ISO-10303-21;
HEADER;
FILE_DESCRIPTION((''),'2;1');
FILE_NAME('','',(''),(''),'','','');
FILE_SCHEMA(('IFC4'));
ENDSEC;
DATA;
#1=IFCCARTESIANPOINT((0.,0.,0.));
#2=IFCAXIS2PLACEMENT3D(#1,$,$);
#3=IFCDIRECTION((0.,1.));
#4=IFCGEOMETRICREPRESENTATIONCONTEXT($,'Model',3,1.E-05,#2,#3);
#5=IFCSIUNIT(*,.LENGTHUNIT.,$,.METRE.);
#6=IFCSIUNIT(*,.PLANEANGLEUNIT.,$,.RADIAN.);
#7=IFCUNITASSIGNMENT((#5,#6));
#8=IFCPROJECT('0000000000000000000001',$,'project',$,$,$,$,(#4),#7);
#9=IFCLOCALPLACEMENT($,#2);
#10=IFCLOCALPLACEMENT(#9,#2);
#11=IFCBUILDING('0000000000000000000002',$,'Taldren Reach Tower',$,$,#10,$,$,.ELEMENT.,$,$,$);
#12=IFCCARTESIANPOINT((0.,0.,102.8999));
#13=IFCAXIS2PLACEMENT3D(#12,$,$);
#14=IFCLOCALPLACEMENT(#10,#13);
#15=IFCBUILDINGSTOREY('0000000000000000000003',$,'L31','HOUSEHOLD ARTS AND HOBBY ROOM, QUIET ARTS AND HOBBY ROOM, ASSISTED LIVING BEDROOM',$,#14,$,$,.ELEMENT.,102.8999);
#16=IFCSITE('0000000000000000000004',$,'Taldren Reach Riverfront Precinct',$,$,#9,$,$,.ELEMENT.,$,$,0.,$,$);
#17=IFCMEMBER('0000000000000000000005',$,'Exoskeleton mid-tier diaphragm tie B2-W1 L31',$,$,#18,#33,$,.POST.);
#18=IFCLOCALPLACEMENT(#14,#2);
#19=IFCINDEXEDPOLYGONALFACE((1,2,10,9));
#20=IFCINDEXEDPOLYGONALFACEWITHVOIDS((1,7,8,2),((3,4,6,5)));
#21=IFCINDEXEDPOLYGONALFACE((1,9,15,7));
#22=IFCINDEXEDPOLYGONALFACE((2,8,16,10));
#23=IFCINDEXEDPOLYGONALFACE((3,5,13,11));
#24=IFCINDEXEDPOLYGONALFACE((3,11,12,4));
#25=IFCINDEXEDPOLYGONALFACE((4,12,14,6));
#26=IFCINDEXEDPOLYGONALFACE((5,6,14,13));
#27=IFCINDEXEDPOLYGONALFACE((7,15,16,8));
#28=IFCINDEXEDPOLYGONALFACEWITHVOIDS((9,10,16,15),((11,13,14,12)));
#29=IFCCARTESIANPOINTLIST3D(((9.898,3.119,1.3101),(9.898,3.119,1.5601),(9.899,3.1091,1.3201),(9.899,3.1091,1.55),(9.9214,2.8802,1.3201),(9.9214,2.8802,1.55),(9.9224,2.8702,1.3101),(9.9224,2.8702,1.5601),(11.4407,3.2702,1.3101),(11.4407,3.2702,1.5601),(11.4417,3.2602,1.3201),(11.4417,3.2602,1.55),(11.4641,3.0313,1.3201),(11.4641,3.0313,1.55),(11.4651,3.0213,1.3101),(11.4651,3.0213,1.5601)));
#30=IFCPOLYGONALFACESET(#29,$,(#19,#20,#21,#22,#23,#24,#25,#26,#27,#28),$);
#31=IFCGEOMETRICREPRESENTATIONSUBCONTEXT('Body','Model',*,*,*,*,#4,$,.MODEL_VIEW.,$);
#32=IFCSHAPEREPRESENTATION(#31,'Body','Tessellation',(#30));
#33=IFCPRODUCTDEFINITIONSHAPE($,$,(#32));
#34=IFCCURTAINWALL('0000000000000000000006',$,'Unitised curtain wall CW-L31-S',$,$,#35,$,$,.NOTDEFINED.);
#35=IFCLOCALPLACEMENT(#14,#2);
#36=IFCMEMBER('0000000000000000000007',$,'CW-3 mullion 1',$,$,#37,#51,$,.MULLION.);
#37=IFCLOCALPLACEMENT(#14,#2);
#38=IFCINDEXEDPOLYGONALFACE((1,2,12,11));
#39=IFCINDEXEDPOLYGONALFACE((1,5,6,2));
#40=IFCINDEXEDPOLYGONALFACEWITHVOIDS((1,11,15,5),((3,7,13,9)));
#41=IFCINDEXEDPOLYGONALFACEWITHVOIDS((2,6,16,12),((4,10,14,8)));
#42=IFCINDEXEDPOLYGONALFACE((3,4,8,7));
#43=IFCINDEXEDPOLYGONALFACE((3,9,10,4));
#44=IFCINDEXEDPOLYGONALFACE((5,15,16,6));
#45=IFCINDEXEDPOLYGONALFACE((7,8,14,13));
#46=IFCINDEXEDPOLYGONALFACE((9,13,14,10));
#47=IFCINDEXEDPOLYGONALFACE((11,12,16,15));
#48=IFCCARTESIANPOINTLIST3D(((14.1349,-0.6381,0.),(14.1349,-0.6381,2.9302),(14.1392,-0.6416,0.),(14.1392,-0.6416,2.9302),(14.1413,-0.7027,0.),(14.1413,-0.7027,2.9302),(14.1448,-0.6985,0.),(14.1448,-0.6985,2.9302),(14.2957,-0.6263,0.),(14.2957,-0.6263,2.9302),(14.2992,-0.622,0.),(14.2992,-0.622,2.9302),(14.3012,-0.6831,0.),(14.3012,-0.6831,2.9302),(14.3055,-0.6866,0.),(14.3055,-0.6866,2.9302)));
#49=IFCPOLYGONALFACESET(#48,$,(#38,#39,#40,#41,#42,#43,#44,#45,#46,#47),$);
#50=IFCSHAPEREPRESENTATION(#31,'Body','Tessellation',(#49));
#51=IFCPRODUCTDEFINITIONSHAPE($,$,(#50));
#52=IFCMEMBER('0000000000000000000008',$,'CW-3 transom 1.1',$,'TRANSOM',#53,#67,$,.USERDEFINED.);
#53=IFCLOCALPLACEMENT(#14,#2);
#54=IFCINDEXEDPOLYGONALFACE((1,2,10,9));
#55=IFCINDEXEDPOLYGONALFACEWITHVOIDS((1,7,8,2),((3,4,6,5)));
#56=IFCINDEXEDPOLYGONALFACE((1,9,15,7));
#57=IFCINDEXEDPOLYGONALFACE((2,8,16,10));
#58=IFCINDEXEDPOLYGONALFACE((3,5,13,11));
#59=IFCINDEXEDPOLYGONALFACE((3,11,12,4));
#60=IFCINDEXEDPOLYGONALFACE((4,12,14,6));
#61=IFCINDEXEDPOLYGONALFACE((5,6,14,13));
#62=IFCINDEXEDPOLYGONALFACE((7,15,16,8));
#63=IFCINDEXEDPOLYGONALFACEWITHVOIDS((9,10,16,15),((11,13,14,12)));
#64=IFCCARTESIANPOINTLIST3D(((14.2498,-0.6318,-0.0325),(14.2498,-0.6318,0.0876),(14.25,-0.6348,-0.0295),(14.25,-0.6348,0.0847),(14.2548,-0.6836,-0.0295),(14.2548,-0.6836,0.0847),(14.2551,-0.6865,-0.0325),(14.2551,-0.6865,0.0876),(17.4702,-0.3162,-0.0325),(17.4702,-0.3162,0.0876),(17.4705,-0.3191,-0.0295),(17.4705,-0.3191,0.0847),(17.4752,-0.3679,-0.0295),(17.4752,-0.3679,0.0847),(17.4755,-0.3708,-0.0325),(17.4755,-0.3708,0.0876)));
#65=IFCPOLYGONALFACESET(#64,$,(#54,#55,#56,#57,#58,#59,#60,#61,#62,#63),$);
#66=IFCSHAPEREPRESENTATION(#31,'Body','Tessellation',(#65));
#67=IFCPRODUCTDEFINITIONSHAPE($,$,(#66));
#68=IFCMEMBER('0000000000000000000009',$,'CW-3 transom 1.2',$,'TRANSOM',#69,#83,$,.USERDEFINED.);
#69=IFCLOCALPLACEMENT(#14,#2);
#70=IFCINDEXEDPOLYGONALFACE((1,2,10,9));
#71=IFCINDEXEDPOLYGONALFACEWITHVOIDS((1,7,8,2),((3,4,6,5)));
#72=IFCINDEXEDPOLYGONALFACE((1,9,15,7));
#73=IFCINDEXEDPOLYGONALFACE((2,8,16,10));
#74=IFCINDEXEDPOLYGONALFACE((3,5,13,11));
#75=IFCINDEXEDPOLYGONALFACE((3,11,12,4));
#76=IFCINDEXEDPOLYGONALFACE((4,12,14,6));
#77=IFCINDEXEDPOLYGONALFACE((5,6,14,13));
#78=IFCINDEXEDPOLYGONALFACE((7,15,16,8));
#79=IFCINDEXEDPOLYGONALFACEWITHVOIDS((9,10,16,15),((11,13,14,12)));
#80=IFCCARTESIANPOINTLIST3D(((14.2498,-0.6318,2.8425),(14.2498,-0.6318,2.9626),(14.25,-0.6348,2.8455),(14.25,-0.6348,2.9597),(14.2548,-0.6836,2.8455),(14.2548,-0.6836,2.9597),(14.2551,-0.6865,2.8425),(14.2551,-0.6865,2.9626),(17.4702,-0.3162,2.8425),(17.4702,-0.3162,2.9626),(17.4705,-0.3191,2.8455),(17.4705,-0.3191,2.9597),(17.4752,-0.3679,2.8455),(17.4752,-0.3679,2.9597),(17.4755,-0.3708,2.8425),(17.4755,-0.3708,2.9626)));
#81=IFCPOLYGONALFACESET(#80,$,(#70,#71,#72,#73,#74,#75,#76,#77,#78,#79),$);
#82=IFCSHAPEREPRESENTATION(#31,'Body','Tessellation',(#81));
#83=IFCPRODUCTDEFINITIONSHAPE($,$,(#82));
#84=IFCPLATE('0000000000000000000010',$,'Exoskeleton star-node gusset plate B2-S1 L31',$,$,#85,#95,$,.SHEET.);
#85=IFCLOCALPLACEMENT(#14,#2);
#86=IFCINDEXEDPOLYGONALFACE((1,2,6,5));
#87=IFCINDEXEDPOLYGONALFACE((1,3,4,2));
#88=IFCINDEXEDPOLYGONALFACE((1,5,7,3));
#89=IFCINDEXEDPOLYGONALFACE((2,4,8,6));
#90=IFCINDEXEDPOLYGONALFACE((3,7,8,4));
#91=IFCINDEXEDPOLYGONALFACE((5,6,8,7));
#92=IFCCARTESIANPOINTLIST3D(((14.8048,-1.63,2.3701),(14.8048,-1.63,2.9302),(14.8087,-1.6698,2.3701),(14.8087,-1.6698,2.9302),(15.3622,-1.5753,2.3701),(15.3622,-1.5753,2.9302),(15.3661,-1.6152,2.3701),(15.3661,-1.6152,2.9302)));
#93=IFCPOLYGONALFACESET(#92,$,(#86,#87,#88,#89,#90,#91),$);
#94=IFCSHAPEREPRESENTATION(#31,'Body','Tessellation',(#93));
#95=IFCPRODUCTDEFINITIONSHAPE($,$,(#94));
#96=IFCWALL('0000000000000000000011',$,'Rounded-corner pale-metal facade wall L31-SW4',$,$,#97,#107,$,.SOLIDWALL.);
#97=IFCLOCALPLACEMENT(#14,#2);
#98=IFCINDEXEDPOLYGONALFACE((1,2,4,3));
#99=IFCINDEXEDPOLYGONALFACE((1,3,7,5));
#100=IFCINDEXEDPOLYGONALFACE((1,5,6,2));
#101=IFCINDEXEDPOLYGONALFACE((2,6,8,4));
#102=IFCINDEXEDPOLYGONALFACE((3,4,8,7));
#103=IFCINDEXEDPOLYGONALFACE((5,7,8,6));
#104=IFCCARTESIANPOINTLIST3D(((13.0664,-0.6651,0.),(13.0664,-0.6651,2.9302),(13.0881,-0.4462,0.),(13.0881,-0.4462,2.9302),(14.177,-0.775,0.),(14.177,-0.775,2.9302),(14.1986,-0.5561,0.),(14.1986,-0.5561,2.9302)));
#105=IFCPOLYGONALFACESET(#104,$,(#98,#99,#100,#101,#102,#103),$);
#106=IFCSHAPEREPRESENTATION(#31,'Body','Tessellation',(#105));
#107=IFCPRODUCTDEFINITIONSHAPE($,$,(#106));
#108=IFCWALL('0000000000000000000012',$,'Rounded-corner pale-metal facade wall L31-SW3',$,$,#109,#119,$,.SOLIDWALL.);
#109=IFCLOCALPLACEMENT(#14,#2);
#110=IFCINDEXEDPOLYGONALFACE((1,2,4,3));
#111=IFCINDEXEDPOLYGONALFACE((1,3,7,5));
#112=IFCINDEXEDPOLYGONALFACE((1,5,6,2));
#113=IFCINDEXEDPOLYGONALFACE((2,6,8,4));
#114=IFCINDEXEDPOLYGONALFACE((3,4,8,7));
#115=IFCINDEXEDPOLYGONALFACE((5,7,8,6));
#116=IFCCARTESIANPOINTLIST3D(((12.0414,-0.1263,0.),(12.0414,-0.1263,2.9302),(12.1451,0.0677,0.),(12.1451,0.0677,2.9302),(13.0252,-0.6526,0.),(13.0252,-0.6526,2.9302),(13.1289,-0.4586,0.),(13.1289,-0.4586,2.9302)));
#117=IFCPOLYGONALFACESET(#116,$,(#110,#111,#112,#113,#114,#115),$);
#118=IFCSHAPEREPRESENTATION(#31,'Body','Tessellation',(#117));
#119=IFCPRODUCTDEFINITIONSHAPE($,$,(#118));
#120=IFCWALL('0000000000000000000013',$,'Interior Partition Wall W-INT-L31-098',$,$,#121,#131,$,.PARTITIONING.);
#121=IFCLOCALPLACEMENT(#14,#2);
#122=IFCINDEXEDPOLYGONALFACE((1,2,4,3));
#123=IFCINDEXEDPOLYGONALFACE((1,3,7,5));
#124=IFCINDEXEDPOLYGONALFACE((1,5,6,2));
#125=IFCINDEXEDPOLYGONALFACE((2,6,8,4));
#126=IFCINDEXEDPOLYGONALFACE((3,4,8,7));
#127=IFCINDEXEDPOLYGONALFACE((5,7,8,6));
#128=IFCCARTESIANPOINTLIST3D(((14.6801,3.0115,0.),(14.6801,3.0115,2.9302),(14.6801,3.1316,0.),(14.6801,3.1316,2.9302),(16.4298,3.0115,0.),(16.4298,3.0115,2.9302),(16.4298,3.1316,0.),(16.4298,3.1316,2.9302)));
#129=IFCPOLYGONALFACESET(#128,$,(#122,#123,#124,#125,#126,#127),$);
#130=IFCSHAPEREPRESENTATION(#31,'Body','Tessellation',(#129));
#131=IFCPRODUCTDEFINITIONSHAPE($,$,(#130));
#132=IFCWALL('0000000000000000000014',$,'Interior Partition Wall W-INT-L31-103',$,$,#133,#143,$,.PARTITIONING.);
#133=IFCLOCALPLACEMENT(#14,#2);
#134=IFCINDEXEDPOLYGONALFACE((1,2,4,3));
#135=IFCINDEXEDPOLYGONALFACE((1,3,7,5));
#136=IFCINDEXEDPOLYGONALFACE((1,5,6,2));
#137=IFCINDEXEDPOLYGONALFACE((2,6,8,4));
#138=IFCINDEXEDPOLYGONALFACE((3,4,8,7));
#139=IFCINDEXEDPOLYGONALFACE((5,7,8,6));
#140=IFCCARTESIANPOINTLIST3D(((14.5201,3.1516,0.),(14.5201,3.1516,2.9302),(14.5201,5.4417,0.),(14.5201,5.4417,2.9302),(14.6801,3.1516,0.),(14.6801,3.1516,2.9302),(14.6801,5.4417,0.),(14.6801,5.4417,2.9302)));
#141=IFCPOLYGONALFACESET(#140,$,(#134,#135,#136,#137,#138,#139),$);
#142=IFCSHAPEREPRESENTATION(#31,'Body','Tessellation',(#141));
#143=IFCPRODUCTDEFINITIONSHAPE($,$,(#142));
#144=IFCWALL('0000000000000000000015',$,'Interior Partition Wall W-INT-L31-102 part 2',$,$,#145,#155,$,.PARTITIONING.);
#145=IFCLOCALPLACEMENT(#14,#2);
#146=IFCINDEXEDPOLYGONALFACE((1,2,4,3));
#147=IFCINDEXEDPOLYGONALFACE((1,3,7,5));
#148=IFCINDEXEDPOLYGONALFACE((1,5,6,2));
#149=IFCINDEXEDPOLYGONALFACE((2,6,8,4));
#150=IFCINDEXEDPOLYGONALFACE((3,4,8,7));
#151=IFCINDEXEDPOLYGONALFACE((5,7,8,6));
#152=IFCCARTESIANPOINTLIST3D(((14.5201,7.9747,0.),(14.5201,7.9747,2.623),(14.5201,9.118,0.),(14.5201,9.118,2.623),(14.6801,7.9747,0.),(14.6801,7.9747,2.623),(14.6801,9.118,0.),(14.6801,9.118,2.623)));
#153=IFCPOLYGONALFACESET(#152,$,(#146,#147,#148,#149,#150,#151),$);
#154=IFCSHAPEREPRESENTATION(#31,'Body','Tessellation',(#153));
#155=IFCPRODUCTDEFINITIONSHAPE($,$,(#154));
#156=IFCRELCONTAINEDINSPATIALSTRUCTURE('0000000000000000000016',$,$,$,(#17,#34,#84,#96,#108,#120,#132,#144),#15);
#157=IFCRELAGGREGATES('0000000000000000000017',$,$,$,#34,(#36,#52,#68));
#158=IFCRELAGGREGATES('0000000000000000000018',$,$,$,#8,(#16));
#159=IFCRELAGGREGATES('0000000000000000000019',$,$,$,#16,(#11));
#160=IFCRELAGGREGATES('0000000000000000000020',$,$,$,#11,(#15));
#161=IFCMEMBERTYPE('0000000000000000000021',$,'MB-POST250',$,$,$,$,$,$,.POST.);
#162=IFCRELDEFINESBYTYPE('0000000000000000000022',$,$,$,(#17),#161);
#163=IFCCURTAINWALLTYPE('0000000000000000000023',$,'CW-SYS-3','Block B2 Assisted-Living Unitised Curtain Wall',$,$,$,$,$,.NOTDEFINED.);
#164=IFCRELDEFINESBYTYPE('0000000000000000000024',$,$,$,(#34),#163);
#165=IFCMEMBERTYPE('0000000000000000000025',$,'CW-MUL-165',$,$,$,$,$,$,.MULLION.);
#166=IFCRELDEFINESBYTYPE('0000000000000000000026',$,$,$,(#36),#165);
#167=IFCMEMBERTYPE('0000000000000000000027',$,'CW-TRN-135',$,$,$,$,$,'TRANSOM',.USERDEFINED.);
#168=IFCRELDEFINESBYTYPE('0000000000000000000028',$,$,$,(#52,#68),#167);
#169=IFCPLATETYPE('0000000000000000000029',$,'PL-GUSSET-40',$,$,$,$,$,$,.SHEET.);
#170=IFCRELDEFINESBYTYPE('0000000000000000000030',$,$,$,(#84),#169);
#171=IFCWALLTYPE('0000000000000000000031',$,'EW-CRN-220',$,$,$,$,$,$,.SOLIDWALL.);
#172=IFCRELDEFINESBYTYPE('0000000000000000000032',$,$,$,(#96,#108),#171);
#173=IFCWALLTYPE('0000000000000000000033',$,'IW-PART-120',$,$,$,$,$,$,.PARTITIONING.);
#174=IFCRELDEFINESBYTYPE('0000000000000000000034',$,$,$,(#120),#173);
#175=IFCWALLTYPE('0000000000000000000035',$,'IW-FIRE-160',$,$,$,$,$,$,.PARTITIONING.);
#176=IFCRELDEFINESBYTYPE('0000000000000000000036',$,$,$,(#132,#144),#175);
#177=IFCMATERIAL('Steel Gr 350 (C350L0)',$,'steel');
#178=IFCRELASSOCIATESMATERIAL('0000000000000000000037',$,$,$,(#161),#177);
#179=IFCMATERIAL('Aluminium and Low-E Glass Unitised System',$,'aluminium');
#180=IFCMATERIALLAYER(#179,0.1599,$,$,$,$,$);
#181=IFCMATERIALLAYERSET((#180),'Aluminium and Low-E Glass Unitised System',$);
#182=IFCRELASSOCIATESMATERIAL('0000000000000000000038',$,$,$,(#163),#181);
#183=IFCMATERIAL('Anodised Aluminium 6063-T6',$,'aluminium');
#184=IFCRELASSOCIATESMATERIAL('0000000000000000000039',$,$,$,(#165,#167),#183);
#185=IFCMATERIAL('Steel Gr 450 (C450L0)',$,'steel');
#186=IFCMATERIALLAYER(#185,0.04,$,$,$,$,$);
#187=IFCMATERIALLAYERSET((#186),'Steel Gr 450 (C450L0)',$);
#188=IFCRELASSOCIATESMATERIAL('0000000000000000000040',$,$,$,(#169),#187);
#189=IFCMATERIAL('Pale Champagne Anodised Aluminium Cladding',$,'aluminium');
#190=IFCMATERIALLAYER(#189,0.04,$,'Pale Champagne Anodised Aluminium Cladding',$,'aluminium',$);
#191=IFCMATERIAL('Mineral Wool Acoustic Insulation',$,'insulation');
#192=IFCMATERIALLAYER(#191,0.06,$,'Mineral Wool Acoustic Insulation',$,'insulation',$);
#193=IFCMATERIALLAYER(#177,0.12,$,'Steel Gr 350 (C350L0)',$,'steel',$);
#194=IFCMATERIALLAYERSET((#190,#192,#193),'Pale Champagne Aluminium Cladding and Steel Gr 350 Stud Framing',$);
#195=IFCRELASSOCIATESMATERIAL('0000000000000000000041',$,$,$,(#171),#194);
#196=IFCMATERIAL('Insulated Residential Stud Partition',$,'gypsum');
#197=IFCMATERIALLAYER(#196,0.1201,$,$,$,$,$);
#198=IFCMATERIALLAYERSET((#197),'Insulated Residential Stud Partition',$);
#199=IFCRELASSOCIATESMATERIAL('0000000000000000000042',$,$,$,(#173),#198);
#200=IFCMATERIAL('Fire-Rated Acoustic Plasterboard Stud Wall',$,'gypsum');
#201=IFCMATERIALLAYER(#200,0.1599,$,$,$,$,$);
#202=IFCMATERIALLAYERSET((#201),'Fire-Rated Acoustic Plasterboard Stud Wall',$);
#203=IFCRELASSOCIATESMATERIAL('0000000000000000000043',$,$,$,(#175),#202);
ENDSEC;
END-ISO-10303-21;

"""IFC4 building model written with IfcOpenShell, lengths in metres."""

from ifc_helpers import new_model, si_unit, direction, frame, frame_2d, origin, origin_2d, place, context, subcontext, project, spatial, rectangle, hollow_rectangle, extrude, source, transform, mapped, material, layer, layer_set, material_profile, profile_set, type_object, element, aggregate, save


model = new_model("IFC4")

# Units and contexts
model_context = context("Model", 3, precision=1e-05, world=origin(), true_north=direction((0.0, 1.0)))
body_context = subcontext(model_context, "Body", "Model", "MODEL_VIEW")
ifc_project = project(units=[si_unit("LENGTHUNIT", "METRE"), si_unit("PLANEANGLEUNIT", "RADIAN")], contexts=[model_context])

# Site, building, storey
site_placement = place(None, origin())
site = spatial("IfcSite", under=ifc_project, at=site_placement, Name="Taldren Reach Riverfront Precinct", CompositionType="ELEMENT", RefElevation=0.0)
building_placement = place(site_placement, origin())
building = spatial("IfcBuilding", under=site, at=building_placement, Name="Taldren Reach Tower", CompositionType="ELEMENT")
storey_placement = place(building_placement, frame((0.0, 0.0, 102.8999)))
storey = spatial("IfcBuildingStorey", under=building, at=storey_placement, Name="L31", Description="HOUSEHOLD ARTS AND HOBBY ROOM, QUIET ARTS AND HOBBY ROOM, ASSISTED LIVING BEDROOM", CompositionType="ELEMENT", Elevation=102.8999)

# Member
ifc_material_1 = material(Name="Steel Gr 450 (C450L0)", Category="steel")
ifc_material_2 = material(Name="Steel Gr 350 (C350L0)", Category="steel")
ifc_material_profile_1 = material_profile(ifc_material_2, hollow_rectangle(XDim=0.25, YDim=0.25, WallThickness=0.01, at=origin_2d()), Name="250x250x10.0SHS")
ifc_profile_set_1 = profile_set([ifc_material_profile_1], Name="Steel Gr 350 (C350L0)")
member_type_1 = type_object("IfcMemberType", Name="MB-POST250", PredefinedType="POST", material=ifc_profile_set_1)
shared_shape_1 = source(origin(), body_context, "Body", "SweptSolid", [
    extrude(hollow_rectangle(XDim=0.25, YDim=0.25, WallThickness=0.01, at=origin_2d()), origin(), (0.0, 0.0, 1.0), 1.55),
])
for number, where, z_axis, x_axis, name in (
    (1, (11.4529, 3.1458, 1.4351), (-0.995236, -0.097492, 0.0), (0.097492, -0.995236, 0.0), "Exoskeleton mid-tier diaphragm tie B2-W1 L31"),
):
    element("IfcMember", number, at=place(storey_placement, frame(where, z_axis=z_axis, x_axis=x_axis)), inside=storey, type_object=member_type_1, Name=name, PredefinedType="POST", context=body_context, shape_type="MappedRepresentation", body=[
        mapped(shared_shape_1, transform((0.0, 0.0, 0.0), scale=1.0)),
    ])

# Curtain wall, members
ifc_material_3 = material(Name="Aluminium and Low-E Glass Unitised System", Category="aluminium")
ifc_layer_1 = layer(ifc_material_3, 0.1599)
ifc_layer_set_1 = layer_set([ifc_layer_1], Name="Aluminium and Low-E Glass Unitised System")
curtain_wall_type = type_object("IfcCurtainWallType", Name="CW-SYS-3", Description="Block B2 Assisted-Living Unitised Curtain Wall", PredefinedType="NOTDEFINED", material=ifc_layer_set_1)
curtain_wall_placement = place(storey_placement, origin())
curtain_wall = element("IfcCurtainWall", 2, at=curtain_wall_placement, inside=storey, type_object=curtain_wall_type, Name="Unitised curtain wall CW-L31-S", PredefinedType="NOTDEFINED")
ifc_material_4 = material(Name="Anodised Aluminium 6063-T6", Category="aluminium")
ifc_material_profile_2 = material_profile(ifc_material_4, hollow_rectangle(XDim=0.0649, YDim=0.165, WallThickness=0.0039, at=origin_2d()), Name="ALU-165x65x4RHS")
ifc_profile_set_2 = profile_set([ifc_material_profile_2], Name="Anodised Aluminium 6063-T6")
member_type_2 = type_object("IfcMemberType", Name="CW-MUL-165", PredefinedType="MULLION", material=ifc_profile_set_2)
shared_shape_2 = source(origin(), body_context, "Body", "SweptSolid", [
    extrude(hollow_rectangle(XDim=0.0649, YDim=0.165, WallThickness=0.0039, at=origin_2d()), origin(), (0.0, 0.0, 1.0), 2.9302),
])
member_1_placement = place(storey_placement, frame((14.2202, -0.6624, 0.0), z_axis=(0.0, 0.0, 1.0), x_axis=(-0.097583, 0.995227, 0.0)))
member_1 = element("IfcMember", 3, at=member_1_placement, type_object=member_type_2, Name="CW-3 mullion 1", PredefinedType="MULLION", context=body_context, shape_type="MappedRepresentation", body=[
    mapped(shared_shape_2, transform((0.0, 0.0, 0.0), scale=1.0)),
])
ifc_material_profile_3 = material_profile(ifc_material_4, hollow_rectangle(XDim=0.0549, YDim=0.1201, WallThickness=0.0029, at=origin_2d()), Name="ALU-120x55x3RHS")
ifc_profile_set_3 = profile_set([ifc_material_profile_3], Name="Anodised Aluminium 6063-T6")
member_type_3 = type_object("IfcMemberType", Name="CW-TRN-135", ElementType="TRANSOM", PredefinedType="USERDEFINED", material=ifc_profile_set_3)
shared_shape_3 = source(origin(), body_context, "Body", "SweptSolid", [
    extrude(hollow_rectangle(XDim=0.0549, YDim=0.1201, WallThickness=0.0029, at=origin_2d()), origin(), (0.0, 0.0, 1.0), 3.2358),
])
member_2_placement = place(storey_placement, frame((14.2524, -0.6592, 0.0276), z_axis=(0.99523, 0.097554, 0.0), x_axis=(-0.097554, 0.99523, 0.0)))
member_2 = element("IfcMember", 4, at=member_2_placement, type_object=member_type_3, Name="CW-3 transom 1.1", ObjectType="TRANSOM", PredefinedType="USERDEFINED", context=body_context, shape_type="MappedRepresentation", body=[
    mapped(shared_shape_3, transform((0.0, 0.0, 0.0), scale=1.0)),
])
member_3_placement = place(storey_placement, frame((14.2524, -0.6592, 2.9026), z_axis=(0.99523, 0.097554, 0.0), x_axis=(-0.097554, 0.99523, 0.0)))
member_3 = element("IfcMember", 5, at=member_3_placement, type_object=member_type_3, Name="CW-3 transom 1.2", ObjectType="TRANSOM", PredefinedType="USERDEFINED", context=body_context, shape_type="MappedRepresentation", body=[
    mapped(shared_shape_3, transform((0.0, 0.0, 0.0), scale=1.0)),
])
aggregate(curtain_wall, [member_1, member_2, member_3])

# Plate
ifc_layer_2 = layer(ifc_material_1, 0.04)
ifc_layer_set_2 = layer_set([ifc_layer_2], Name="Steel Gr 450 (C450L0)")
plate_type = type_object("IfcPlateType", Name="PL-GUSSET-40", PredefinedType="SHEET", material=ifc_layer_set_2)
shared_shape_4 = source(origin(), body_context, "Body", "SweptSolid", [
    extrude(rectangle(XDim=0.5601, YDim=0.04, at=origin_2d()), origin(), (0.0, 0.0, 1.0), 0.5601),
])
plate_placement = place(storey_placement, frame((15.0854, -1.6226, 2.3701), z_axis=(0.0, 0.0, 1.0), x_axis=(0.995227, 0.097583, 0.0)))
element("IfcPlate", 6, at=plate_placement, inside=storey, type_object=plate_type, Name="Exoskeleton star-node gusset plate B2-S1 L31", PredefinedType="SHEET", context=body_context, shape_type="MappedRepresentation", body=[
    mapped(shared_shape_4, transform((0.0, 0.0, 0.0), scale=1.0)),
])

# Walls
ifc_material_5 = material(Name="Pale Champagne Anodised Aluminium Cladding", Category="aluminium")
ifc_layer_3 = layer(ifc_material_5, 0.04, Name="Pale Champagne Anodised Aluminium Cladding", Category="aluminium")
ifc_material_6 = material(Name="Mineral Wool Acoustic Insulation", Category="insulation")
ifc_layer_4 = layer(ifc_material_6, 0.06, Name="Mineral Wool Acoustic Insulation", Category="insulation")
ifc_layer_5 = layer(ifc_material_2, 0.12, Name="Steel Gr 350 (C350L0)", Category="steel")
ifc_layer_set_3 = layer_set([ifc_layer_3, ifc_layer_4, ifc_layer_5], Name="Pale Champagne Aluminium Cladding and Steel Gr 350 Stud Framing")
wall_type_1 = type_object("IfcWallType", Name="EW-CRN-220", PredefinedType="SOLIDWALL", material=ifc_layer_set_3)
shared_shape_5 = source(origin(), body_context, "Body", "SweptSolid", [
    extrude(rectangle(XDim=1.116, YDim=0.22, at=frame_2d((0.5581, 0.0))), origin(), (0.0, 0.0, 1.0), 2.9302),
])
wall_1_placement = place(storey_placement, frame((13.0771, -0.5557, 0.0), z_axis=(0.0, 0.0, 1.0), x_axis=(0.995143, -0.098442, 0.0)))
element("IfcWall", 7, at=wall_1_placement, inside=storey, type_object=wall_type_1, Name="Rounded-corner pale-metal facade wall L31-SW4", PredefinedType="SOLIDWALL", context=body_context, shape_type="MappedRepresentation", body=[
    mapped(shared_shape_5, transform((0.0, 0.0, 0.0), scale=1.0)),
])
shared_shape_6 = source(origin(), body_context, "Body", "SweptSolid", [
    extrude(rectangle(XDim=1.1157, YDim=0.22, at=frame_2d((0.5579, 0.0))), origin(), (0.0, 0.0, 1.0), 2.9302),
])
wall_2_placement = place(storey_placement, frame((12.0933, -0.0293, 0.0), z_axis=(0.0, 0.0, 1.0), x_axis=(0.881747, -0.471723, 0.0)))
element("IfcWall", 8, at=wall_2_placement, inside=storey, type_object=wall_type_1, Name="Rounded-corner pale-metal facade wall L31-SW3", PredefinedType="SOLIDWALL", context=body_context, shape_type="MappedRepresentation", body=[
    mapped(shared_shape_6, transform((0.0, 0.0, 0.0), scale=1.0)),
])
ifc_material_7 = material(Name="Insulated Residential Stud Partition", Category="gypsum")
ifc_layer_6 = layer(ifc_material_7, 0.1201)
ifc_layer_set_4 = layer_set([ifc_layer_6], Name="Insulated Residential Stud Partition")
wall_type_2 = type_object("IfcWallType", Name="IW-PART-120", PredefinedType="PARTITIONING", material=ifc_layer_set_4)
shared_shape_7 = source(origin(), body_context, "Body", "SweptSolid", [
    extrude(rectangle(XDim=1.7498, YDim=0.1201, at=frame_2d((0.875, 0.0))), origin(), (0.0, 0.0, 1.0), 2.9302),
])
wall_3_placement = place(storey_placement, frame((14.6799, 3.0715, 0.0), z_axis=(0.0, 0.0, 1.0), x_axis=(1.0, 0.0, 0.0)))
element("IfcWall", 9, at=wall_3_placement, inside=storey, type_object=wall_type_2, Name="Interior Partition Wall W-INT-L31-098", PredefinedType="PARTITIONING", context=body_context, shape_type="MappedRepresentation", body=[
    mapped(shared_shape_7, transform((0.0, 0.0, 0.0), scale=1.0)),
])
ifc_material_8 = material(Name="Fire-Rated Acoustic Plasterboard Stud Wall", Category="gypsum")
ifc_layer_7 = layer(ifc_material_8, 0.1599)
ifc_layer_set_5 = layer_set([ifc_layer_7], Name="Fire-Rated Acoustic Plasterboard Stud Wall")
wall_type_3 = type_object("IfcWallType", Name="IW-FIRE-160", PredefinedType="PARTITIONING", material=ifc_layer_set_5)
shared_shape_8 = source(origin(), body_context, "Body", "SweptSolid", [
    extrude(rectangle(XDim=2.29, YDim=0.1599, at=frame_2d((1.145, 0.0))), origin(), (0.0, 0.0, 1.0), 2.9302),
])
wall_4_placement = place(storey_placement, frame((14.6001, 3.1516, 0.0), z_axis=(0.0, 0.0, 1.0), x_axis=(0.0, 1.0, 0.0)))
element("IfcWall", 10, at=wall_4_placement, inside=storey, type_object=wall_type_3, Name="Interior Partition Wall W-INT-L31-103", PredefinedType="PARTITIONING", context=body_context, shape_type="MappedRepresentation", body=[
    mapped(shared_shape_8, transform((0.0, 0.0, 0.0), scale=1.0)),
])
shared_shape_9 = source(origin(), body_context, "Body", "SweptSolid", [
    extrude(rectangle(XDim=1.1433, YDim=0.1599, at=frame_2d((0.5718, 0.0))), origin(), (0.0, 0.0, 1.0), 2.623),
])
wall_5_placement = place(storey_placement, frame((14.6001, 7.9746, 0.0), z_axis=(0.0, 0.0, 1.0), x_axis=(0.0, 1.0, 0.0)))
element("IfcWall", 11, at=wall_5_placement, inside=storey, type_object=wall_type_3, Name="Interior Partition Wall W-INT-L31-102 part 2", PredefinedType="PARTITIONING", context=body_context, shape_type="MappedRepresentation", body=[
    mapped(shared_shape_9, transform((0.0, 0.0, 0.0), scale=1.0)),
])

save(model, "model.ifc")
